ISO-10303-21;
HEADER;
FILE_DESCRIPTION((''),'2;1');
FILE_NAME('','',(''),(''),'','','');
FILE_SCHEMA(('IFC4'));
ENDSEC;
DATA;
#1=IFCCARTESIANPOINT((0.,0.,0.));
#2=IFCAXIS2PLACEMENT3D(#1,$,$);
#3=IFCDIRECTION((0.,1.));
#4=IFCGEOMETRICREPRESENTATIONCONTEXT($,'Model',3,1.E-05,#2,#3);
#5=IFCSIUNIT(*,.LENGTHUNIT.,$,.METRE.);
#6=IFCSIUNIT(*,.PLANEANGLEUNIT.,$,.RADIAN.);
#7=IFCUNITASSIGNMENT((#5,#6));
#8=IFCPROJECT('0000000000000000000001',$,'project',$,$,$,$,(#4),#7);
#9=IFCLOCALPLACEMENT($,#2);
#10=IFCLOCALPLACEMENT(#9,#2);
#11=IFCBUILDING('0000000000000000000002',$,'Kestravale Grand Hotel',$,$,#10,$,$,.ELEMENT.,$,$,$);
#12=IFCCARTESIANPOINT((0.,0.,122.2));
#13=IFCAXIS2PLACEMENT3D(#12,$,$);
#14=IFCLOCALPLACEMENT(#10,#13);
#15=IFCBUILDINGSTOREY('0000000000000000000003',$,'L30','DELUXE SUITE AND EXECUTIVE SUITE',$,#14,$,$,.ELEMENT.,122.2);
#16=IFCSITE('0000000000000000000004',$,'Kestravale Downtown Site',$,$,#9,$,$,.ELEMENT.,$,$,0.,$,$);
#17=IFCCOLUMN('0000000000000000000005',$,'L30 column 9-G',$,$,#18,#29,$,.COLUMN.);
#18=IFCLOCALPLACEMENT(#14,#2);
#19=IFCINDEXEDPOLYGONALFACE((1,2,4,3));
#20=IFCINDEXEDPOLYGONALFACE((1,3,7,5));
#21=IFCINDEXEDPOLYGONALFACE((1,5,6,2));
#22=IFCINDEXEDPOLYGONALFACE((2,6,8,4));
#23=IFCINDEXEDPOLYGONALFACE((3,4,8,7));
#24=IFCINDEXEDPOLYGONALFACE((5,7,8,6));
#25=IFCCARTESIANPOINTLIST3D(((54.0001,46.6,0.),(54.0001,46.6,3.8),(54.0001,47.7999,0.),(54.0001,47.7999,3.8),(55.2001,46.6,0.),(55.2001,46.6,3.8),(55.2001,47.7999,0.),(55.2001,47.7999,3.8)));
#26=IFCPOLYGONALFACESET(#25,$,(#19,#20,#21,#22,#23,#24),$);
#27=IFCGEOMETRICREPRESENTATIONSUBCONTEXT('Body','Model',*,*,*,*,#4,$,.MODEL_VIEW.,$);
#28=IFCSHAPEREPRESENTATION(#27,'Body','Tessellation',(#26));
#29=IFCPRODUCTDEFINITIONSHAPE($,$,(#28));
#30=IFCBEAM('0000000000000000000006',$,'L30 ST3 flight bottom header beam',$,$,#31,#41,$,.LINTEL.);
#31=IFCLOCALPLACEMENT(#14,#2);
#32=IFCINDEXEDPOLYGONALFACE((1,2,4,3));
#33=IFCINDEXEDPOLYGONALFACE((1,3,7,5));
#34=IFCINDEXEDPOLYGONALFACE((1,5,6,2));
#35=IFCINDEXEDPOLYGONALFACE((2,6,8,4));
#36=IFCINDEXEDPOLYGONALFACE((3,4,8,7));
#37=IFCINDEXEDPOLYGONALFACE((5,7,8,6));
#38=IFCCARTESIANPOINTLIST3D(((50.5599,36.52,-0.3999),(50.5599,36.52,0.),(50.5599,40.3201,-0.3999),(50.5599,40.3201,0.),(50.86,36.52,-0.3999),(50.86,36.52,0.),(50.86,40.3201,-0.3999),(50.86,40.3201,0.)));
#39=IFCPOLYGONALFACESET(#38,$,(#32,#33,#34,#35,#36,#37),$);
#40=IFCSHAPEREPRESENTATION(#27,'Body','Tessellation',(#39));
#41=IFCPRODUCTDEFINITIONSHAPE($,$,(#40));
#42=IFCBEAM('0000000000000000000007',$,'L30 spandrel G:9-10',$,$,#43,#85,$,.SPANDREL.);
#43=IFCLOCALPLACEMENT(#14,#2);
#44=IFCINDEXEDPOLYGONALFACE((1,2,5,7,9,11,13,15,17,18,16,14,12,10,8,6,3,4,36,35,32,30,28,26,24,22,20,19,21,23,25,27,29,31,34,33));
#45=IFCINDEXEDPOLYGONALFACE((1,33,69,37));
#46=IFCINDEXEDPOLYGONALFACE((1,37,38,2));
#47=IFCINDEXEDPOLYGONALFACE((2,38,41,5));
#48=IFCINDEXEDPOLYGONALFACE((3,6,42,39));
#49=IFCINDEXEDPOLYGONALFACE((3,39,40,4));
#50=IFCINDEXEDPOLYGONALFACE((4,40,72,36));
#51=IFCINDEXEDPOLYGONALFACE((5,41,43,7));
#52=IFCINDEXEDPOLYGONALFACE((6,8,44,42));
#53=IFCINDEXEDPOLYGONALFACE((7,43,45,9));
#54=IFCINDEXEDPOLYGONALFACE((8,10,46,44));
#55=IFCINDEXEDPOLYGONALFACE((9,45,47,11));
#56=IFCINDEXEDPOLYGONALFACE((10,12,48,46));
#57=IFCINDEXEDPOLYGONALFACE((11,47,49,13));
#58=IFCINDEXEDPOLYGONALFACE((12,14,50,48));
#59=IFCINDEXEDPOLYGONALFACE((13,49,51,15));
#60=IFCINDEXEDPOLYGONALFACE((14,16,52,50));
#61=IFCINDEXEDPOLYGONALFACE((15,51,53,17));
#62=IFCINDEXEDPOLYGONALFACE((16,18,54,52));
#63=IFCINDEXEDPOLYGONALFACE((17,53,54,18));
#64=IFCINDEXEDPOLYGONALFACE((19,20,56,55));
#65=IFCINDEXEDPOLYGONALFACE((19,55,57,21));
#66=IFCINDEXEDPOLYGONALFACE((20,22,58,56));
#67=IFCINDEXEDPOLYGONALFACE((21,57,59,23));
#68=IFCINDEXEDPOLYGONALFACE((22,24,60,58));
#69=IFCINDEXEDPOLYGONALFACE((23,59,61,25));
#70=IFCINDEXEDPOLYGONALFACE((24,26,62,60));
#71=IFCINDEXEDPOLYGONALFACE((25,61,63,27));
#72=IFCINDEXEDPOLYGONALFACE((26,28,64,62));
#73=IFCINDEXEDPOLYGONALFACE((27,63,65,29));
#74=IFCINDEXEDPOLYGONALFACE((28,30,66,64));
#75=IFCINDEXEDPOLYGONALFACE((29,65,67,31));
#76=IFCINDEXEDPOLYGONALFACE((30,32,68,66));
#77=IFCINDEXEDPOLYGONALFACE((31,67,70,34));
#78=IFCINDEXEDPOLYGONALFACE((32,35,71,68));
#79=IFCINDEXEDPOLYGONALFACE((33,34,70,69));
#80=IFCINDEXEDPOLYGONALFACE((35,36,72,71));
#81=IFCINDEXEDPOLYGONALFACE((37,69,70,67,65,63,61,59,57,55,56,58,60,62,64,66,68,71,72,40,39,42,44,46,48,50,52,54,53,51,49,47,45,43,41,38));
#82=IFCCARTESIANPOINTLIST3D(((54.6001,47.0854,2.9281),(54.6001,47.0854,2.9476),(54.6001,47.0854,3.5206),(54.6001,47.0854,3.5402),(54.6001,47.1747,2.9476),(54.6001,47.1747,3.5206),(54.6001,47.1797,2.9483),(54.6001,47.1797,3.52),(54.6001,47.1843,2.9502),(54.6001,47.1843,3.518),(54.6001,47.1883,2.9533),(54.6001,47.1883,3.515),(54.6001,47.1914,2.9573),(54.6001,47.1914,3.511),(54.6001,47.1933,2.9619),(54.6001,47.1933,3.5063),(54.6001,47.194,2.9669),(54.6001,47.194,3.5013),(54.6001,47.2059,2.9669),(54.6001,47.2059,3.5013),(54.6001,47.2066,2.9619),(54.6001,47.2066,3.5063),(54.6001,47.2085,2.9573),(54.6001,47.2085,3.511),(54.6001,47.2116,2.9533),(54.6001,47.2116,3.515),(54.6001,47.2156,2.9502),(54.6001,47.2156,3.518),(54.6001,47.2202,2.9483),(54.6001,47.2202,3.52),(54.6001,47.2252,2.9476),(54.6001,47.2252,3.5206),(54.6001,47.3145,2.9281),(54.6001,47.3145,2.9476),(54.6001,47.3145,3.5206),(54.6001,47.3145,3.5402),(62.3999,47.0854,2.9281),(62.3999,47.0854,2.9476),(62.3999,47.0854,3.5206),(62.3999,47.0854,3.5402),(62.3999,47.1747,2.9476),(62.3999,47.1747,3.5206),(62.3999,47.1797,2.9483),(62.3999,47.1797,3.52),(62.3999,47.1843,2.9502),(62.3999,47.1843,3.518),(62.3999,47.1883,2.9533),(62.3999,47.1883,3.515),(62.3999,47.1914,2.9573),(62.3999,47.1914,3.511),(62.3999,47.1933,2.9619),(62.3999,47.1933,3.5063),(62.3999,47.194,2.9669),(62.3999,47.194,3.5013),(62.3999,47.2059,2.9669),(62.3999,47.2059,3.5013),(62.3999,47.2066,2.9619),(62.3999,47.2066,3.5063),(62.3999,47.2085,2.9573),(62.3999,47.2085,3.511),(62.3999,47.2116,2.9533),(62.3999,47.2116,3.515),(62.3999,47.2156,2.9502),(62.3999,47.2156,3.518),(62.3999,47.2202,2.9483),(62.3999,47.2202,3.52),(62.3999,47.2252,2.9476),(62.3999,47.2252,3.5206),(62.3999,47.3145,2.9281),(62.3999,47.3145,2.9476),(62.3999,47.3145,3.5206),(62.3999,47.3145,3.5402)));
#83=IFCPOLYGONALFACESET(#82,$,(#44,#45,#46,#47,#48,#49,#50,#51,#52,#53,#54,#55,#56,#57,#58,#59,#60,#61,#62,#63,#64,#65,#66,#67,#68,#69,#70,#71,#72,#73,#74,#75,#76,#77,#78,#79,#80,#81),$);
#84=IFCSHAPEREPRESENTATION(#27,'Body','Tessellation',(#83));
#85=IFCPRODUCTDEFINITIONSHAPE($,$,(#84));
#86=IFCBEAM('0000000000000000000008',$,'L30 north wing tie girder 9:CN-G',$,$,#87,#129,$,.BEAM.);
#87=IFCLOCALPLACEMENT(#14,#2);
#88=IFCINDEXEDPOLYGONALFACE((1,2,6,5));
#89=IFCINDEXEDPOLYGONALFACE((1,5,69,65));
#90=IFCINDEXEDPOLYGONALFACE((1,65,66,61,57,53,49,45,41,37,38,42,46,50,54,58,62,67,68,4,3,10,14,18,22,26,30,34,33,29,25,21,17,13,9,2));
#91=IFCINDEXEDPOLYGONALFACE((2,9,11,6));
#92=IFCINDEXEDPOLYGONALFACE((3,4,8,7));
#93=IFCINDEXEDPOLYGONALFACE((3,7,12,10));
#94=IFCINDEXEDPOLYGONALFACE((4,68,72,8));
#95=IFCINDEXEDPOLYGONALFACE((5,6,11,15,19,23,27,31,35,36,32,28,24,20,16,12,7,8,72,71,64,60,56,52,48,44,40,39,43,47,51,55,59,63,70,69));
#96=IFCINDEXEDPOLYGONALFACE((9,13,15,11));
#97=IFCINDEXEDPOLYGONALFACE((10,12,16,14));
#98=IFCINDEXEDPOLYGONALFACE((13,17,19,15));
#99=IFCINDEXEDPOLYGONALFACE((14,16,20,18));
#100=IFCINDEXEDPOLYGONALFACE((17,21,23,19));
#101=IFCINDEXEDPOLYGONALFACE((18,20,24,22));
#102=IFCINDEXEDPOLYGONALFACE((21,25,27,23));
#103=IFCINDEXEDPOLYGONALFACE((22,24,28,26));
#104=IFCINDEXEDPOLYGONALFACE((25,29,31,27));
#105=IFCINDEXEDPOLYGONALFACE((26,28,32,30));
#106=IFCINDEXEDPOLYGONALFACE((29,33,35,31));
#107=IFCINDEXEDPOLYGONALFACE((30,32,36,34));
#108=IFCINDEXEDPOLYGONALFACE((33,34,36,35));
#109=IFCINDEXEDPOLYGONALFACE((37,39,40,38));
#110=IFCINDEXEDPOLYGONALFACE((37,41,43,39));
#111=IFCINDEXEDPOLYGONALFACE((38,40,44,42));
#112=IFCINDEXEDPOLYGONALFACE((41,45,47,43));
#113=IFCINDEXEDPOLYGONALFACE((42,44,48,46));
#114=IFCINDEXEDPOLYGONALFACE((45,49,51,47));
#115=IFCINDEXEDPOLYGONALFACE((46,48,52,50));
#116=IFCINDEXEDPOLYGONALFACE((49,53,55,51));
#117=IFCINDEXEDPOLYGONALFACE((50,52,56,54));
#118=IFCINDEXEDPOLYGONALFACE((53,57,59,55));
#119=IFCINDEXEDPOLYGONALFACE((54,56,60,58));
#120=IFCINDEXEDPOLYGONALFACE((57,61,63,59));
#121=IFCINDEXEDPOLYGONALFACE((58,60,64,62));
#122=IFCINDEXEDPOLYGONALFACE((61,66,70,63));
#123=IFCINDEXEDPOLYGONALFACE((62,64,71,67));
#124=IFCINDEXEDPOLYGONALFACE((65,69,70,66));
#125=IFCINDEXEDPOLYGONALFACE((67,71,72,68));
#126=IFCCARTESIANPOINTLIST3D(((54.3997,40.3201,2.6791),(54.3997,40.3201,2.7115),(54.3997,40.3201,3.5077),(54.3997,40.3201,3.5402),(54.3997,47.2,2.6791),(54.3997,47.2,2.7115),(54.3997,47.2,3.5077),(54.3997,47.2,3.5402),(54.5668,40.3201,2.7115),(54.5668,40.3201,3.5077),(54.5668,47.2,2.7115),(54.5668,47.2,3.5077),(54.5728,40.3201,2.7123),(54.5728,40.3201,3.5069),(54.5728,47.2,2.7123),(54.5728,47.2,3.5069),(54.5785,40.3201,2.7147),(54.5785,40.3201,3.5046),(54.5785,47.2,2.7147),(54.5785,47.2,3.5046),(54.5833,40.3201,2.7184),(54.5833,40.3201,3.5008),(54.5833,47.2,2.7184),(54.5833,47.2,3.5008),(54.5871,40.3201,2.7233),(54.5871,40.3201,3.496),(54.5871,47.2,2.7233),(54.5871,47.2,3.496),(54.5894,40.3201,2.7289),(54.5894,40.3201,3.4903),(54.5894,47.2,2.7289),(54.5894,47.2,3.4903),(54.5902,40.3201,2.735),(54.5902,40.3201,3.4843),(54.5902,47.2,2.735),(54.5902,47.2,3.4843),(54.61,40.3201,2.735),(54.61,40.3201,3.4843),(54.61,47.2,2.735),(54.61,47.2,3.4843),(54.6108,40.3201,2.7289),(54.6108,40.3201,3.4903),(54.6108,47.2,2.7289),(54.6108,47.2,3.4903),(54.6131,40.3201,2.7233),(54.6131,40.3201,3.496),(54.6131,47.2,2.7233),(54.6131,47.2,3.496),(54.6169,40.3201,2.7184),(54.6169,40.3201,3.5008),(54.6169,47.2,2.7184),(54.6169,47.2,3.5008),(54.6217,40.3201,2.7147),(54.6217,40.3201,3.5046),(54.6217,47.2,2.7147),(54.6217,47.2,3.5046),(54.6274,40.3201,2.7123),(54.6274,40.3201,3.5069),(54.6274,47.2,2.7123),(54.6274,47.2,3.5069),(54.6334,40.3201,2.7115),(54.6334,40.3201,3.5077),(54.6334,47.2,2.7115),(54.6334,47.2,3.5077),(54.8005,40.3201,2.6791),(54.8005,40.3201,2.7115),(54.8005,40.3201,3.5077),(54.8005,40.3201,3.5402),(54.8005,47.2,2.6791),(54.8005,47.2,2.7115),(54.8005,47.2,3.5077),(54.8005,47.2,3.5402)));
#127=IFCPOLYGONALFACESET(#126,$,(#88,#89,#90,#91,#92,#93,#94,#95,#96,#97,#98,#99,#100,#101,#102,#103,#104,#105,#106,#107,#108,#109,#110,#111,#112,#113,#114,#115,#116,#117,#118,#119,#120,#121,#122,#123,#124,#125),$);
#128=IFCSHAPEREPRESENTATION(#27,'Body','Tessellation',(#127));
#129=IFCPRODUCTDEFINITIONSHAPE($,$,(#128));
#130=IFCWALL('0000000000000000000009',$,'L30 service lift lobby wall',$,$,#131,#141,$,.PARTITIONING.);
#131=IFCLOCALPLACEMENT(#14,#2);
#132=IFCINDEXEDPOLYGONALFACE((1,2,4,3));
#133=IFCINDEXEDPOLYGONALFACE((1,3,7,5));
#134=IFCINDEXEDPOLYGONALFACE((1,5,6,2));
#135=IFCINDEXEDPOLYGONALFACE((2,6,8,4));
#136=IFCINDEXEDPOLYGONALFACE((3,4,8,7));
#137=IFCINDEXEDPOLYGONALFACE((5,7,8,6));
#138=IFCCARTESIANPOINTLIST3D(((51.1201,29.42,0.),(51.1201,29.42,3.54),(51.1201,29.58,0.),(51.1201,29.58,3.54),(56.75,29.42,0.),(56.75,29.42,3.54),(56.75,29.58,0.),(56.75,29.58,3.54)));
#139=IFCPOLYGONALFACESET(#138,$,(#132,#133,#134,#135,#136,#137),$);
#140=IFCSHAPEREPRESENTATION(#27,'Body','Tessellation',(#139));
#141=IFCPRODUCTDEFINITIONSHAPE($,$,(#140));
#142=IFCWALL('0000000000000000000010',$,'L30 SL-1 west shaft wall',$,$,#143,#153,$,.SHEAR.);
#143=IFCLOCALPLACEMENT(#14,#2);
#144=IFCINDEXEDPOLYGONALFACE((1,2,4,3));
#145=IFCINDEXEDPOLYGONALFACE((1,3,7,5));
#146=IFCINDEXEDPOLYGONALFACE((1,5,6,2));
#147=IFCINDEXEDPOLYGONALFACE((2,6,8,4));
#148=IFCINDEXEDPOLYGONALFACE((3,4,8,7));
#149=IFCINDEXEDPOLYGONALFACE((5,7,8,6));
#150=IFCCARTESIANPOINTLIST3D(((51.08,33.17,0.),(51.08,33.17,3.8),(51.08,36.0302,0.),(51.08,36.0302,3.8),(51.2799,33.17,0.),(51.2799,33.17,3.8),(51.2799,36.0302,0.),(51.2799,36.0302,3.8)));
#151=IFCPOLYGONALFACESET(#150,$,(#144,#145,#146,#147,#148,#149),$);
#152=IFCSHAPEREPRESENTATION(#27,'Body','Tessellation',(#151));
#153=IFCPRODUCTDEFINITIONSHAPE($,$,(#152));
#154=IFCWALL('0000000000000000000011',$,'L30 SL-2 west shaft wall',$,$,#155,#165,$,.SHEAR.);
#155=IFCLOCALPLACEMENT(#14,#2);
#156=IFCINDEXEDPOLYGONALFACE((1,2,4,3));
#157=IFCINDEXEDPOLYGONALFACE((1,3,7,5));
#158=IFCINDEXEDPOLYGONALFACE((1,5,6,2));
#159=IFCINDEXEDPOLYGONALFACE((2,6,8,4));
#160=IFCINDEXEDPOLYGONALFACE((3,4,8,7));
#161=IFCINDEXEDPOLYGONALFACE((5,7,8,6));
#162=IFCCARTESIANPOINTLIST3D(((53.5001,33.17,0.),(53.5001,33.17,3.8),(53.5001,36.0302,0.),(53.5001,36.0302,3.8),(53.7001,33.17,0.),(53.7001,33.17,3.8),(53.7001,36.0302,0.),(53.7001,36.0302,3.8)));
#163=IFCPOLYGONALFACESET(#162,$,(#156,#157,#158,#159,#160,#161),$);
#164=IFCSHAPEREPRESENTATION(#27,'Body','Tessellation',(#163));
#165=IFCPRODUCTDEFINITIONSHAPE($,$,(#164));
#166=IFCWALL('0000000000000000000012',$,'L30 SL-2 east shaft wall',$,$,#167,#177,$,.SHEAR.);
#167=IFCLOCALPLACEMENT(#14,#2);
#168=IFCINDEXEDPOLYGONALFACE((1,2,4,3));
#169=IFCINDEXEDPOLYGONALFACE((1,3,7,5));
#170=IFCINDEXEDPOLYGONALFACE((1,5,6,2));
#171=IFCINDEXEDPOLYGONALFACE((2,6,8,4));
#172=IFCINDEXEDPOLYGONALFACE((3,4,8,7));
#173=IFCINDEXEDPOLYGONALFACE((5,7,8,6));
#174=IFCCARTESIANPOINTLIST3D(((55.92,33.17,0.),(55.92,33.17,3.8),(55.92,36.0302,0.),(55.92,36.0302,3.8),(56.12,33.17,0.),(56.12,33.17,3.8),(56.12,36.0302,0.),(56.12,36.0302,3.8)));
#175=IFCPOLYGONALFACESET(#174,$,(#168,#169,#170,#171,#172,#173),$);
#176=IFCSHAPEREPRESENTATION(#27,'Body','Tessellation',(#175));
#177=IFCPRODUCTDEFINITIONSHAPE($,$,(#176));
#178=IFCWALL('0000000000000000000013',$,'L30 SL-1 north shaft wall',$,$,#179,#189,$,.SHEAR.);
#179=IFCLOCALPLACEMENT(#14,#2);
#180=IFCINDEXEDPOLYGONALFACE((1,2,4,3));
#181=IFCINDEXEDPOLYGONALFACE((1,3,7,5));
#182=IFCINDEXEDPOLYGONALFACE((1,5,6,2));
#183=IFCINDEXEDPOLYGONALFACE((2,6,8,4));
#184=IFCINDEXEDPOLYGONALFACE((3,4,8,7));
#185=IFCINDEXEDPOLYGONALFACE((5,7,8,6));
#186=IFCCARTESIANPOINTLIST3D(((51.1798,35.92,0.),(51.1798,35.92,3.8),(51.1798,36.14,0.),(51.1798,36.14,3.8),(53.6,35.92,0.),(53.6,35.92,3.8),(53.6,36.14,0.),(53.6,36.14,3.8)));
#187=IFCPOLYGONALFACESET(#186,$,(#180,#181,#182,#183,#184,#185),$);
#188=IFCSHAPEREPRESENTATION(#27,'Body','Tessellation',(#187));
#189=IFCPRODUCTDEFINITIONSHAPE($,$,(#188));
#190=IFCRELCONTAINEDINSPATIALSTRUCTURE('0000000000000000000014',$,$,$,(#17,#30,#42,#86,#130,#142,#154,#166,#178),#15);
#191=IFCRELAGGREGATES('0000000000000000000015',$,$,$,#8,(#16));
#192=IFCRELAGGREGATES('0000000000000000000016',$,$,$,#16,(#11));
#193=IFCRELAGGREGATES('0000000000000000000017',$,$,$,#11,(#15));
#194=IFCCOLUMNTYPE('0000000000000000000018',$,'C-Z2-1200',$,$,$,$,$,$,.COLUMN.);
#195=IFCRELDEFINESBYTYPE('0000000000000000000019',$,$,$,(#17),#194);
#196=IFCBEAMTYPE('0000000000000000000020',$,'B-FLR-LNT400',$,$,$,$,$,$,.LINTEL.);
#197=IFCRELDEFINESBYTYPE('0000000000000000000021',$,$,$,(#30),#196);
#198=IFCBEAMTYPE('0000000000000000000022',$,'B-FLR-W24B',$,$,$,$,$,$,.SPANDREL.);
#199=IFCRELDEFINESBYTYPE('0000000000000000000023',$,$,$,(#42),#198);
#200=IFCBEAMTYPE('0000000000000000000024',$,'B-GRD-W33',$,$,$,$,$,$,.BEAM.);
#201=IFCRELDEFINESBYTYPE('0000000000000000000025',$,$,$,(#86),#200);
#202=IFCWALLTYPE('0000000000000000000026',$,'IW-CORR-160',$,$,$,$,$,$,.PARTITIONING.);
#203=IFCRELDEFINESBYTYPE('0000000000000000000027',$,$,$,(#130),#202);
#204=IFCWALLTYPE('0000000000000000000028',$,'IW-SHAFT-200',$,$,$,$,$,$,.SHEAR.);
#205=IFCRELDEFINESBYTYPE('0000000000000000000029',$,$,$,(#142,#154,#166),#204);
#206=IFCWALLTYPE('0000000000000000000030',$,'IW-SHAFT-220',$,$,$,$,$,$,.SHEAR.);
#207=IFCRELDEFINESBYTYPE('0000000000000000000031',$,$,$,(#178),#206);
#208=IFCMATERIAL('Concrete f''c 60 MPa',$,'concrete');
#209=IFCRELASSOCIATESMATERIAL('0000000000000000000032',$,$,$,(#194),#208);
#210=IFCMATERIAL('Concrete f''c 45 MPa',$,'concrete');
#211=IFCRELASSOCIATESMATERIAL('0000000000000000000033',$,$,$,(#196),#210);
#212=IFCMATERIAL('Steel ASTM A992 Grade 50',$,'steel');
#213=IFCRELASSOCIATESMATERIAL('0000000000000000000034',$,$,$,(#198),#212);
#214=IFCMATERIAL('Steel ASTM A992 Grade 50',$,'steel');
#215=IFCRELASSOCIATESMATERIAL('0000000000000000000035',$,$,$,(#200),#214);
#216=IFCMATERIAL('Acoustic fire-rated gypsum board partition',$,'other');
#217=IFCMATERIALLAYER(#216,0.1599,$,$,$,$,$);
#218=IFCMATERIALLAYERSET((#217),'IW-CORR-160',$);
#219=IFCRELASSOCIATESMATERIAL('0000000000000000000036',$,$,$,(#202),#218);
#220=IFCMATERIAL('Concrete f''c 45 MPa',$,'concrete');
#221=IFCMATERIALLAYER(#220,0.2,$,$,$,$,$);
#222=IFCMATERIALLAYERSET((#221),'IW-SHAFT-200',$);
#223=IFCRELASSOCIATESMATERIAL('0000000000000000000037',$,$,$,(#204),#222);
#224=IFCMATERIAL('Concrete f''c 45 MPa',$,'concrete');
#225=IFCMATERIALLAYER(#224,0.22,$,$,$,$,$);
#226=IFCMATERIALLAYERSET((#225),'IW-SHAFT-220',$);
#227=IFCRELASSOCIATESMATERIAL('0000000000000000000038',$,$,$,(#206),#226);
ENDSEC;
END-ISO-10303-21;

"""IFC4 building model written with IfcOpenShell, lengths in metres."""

from ifc_helpers import new_model, si_unit, direction, frame, frame_2d, origin, origin_2d, place, context, subcontext, project, spatial, rectangle, i_section, extrude, material, layer, layer_set, material_profile, profile_set, type_object, element, save


model = new_model("IFC4")

# Units and contexts
model_context = context("Model", 3, precision=1e-05, world=origin(), true_north=direction((0.0, 1.0)))
body_context = subcontext(model_context, "Body", "Model", "MODEL_VIEW")
ifc_project = project(units=[si_unit("LENGTHUNIT", "METRE"), si_unit("PLANEANGLEUNIT", "RADIAN")], contexts=[model_context])

# Site, building, storey
site_placement = place(None, origin())
site = spatial("IfcSite", under=ifc_project, at=site_placement, Name="Kestravale Downtown Site", CompositionType="ELEMENT", RefElevation=0.0)
building_placement = place(site_placement, origin())
building = spatial("IfcBuilding", under=site, at=building_placement, Name="Kestravale Grand Hotel", CompositionType="ELEMENT")
storey_placement = place(building_placement, frame((0.0, 0.0, 122.2)))
storey = spatial("IfcBuildingStorey", under=building, at=storey_placement, Name="L30", Description="DELUXE SUITE AND EXECUTIVE SUITE", CompositionType="ELEMENT", Elevation=122.2)

# Column
ifc_material_1 = material(Name="Concrete f'c 60 MPa", Category="concrete")
ifc_material_profile_1 = material_profile(ifc_material_1, rectangle(XDim=1.2, YDim=1.2, at=origin_2d()))
ifc_profile_set_1 = profile_set([ifc_material_profile_1], Name="Concrete f'c 60 MPa")
column_type = type_object("IfcColumnType", Name="C-Z2-1200", PredefinedType="COLUMN", material=ifc_profile_set_1)
column_placement = place(storey_placement, frame((54.6001, 47.2, 0.0), z_axis=(0.0, 0.0, 1.0), x_axis=(1.0, 0.0, 0.0)))
element("IfcColumn", 1, at=column_placement, inside=storey, type_object=column_type, Name="L30 column 9-G", PredefinedType="COLUMN", context=body_context, shape_type="SweptSolid", body=[
    extrude(rectangle(XDim=1.2, YDim=1.2, at=origin_2d()), origin(), (0.0, 0.0, 1.0), 3.8),
])

# Beams
ifc_material_2 = material(Name="Concrete f'c 45 MPa", Category="concrete")
ifc_material_profile_2 = material_profile(ifc_material_2, rectangle(XDim=0.3, YDim=0.3999, at=origin_2d()))
ifc_profile_set_2 = profile_set([ifc_material_profile_2], Name="Concrete f'c 45 MPa")
beam_type_1 = type_object("IfcBeamType", Name="B-FLR-LNT400", PredefinedType="LINTEL", material=ifc_profile_set_2)
beam_1_placement = place(storey_placement, frame((50.71, 36.52, -0.2), z_axis=(0.0, 1.0, 0.0), x_axis=(-1.0, 0.0, 0.0)))
element("IfcBeam", 2, at=beam_1_placement, inside=storey, type_object=beam_type_1, Name="L30 ST3 flight bottom header beam", PredefinedType="LINTEL", context=body_context, shape_type="SweptSolid", body=[
    extrude(rectangle(XDim=0.3, YDim=0.3999, at=origin_2d()), origin(), (0.0, 0.0, 1.0), 3.8),
])
ifc_material_3 = material(Name="Steel ASTM A992 Grade 50", Category="steel")
ifc_material_profile_3 = material_profile(ifc_material_3, i_section(OverallWidth=0.229, OverallDepth=0.6121, WebThickness=0.012, FlangeThickness=0.0195, FilletRadius=0.0193, at=origin_2d()))
ifc_profile_set_3 = profile_set([ifc_material_profile_3], Name="Steel ASTM A992 Grade 50")
beam_type_2 = type_object("IfcBeamType", Name="B-FLR-W24B", PredefinedType="SPANDREL", material=ifc_profile_set_3)
beam_2_placement = place(storey_placement, frame((54.6001, 47.2, 3.2341), z_axis=(1.0, 0.0, 0.0), x_axis=(0.0, 1.0, 0.0)))
element("IfcBeam", 3, at=beam_2_placement, inside=storey, type_object=beam_type_2, Name="L30 spandrel G:9-10", PredefinedType="SPANDREL", context=body_context, shape_type="SweptSolid", body=[
    extrude(i_section(OverallWidth=0.229, OverallDepth=0.6121, WebThickness=0.012, FlangeThickness=0.0195, FilletRadius=0.0193, at=origin_2d()), origin(), (0.0, 0.0, 1.0), 7.7998),
])
ifc_material_4 = material(Name="Steel ASTM A992 Grade 50", Category="steel")
ifc_material_profile_4 = material_profile(ifc_material_4, i_section(OverallWidth=0.4009, OverallDepth=0.8611, WebThickness=0.0198, FlangeThickness=0.0325, FilletRadius=0.0234, at=origin_2d()))
ifc_profile_set_4 = profile_set([ifc_material_profile_4], Name="Steel ASTM A992 Grade 50")
beam_type_3 = type_object("IfcBeamType", Name="B-GRD-W33", PredefinedType="BEAM", material=ifc_profile_set_4)
beam_3_placement = place(storey_placement, frame((54.6001, 40.3201, 3.1096), z_axis=(0.0, 1.0, 0.0), x_axis=(-1.0, 0.0, 0.0)))
element("IfcBeam", 4, at=beam_3_placement, inside=storey, type_object=beam_type_3, Name="L30 north wing tie girder 9:CN-G", PredefinedType="BEAM", context=body_context, shape_type="SweptSolid", body=[
    extrude(i_section(OverallWidth=0.4009, OverallDepth=0.8611, WebThickness=0.0198, FlangeThickness=0.0325, FilletRadius=0.0234, at=origin_2d()), origin(), (0.0, 0.0, 1.0), 6.8799),
])

# Shared definitions
ifc_material_5 = material(Name="Acoustic fire-rated gypsum board partition", Category="other")
ifc_layer_1 = layer(ifc_material_5, 0.1599)
ifc_layer_set_1 = layer_set([ifc_layer_1], Name="IW-CORR-160")
wall_type_1 = type_object("IfcWallType", Name="IW-CORR-160", PredefinedType="PARTITIONING", material=ifc_layer_set_1)

# Walls
wall_1_placement = place(storey_placement, frame((51.1201, 29.5, 0.0), z_axis=(0.0, 0.0, 1.0), x_axis=(1.0, 0.0, 0.0)))
element("IfcWall", 5, at=wall_1_placement, inside=storey, type_object=wall_type_1, Name="L30 service lift lobby wall", PredefinedType="PARTITIONING", context=body_context, shape_type="SweptSolid", body=[
    extrude(rectangle(XDim=5.6299, YDim=0.1599, at=frame_2d((2.8149, 0.0))), origin(), (0.0, 0.0, 1.0), 3.54),
])
ifc_material_6 = material(Name="Concrete f'c 45 MPa", Category="concrete")
ifc_layer_2 = layer(ifc_material_6, 0.2)
ifc_layer_set_2 = layer_set([ifc_layer_2], Name="IW-SHAFT-200")
wall_type_2 = type_object("IfcWallType", Name="IW-SHAFT-200", PredefinedType="SHEAR", material=ifc_layer_set_2)
for number, where, z_axis, x_axis, name in (
    (6, (51.1799, 33.1699, 0.0), (0.0, 0.0, 1.0), (0.0, 1.0, 0.0), "L30 SL-1 west shaft wall"),
    (7, (53.6001, 33.1699, 0.0), (0.0, 0.0, 1.0), (0.0, 1.0, 0.0), "L30 SL-2 west shaft wall"),
    (8, (56.02, 33.1699, 0.0), (0.0, 0.0, 1.0), (0.0, 1.0, 0.0), "L30 SL-2 east shaft wall"),
):
    element("IfcWall", number, at=place(storey_placement, frame(where, z_axis=z_axis, x_axis=x_axis)), inside=storey, type_object=wall_type_2, Name=name, PredefinedType="SHEAR", context=body_context, shape_type="SweptSolid", body=[
        extrude(rectangle(XDim=2.8601, YDim=0.2, at=frame_2d((1.4302, 0.0))), origin(), (0.0, 0.0, 1.0), 3.8),
    ])
ifc_material_7 = material(Name="Concrete f'c 45 MPa", Category="concrete")
ifc_layer_3 = layer(ifc_material_7, 0.22)
ifc_layer_set_3 = layer_set([ifc_layer_3], Name="IW-SHAFT-220")
wall_type_3 = type_object("IfcWallType", Name="IW-SHAFT-220", PredefinedType="SHEAR", material=ifc_layer_set_3)
wall_2_placement = place(storey_placement, frame((51.1799, 36.03, 0.0), z_axis=(0.0, 0.0, 1.0), x_axis=(1.0, 0.0, 0.0)))
element("IfcWall", 9, at=wall_2_placement, inside=storey, type_object=wall_type_3, Name="L30 SL-1 north shaft wall", PredefinedType="SHEAR", context=body_context, shape_type="SweptSolid", body=[
    extrude(rectangle(XDim=2.4202, YDim=0.22, at=frame_2d((1.21, 0.0))), origin(), (0.0, 0.0, 1.0), 3.8),
])

save(model, "model.ifc")
